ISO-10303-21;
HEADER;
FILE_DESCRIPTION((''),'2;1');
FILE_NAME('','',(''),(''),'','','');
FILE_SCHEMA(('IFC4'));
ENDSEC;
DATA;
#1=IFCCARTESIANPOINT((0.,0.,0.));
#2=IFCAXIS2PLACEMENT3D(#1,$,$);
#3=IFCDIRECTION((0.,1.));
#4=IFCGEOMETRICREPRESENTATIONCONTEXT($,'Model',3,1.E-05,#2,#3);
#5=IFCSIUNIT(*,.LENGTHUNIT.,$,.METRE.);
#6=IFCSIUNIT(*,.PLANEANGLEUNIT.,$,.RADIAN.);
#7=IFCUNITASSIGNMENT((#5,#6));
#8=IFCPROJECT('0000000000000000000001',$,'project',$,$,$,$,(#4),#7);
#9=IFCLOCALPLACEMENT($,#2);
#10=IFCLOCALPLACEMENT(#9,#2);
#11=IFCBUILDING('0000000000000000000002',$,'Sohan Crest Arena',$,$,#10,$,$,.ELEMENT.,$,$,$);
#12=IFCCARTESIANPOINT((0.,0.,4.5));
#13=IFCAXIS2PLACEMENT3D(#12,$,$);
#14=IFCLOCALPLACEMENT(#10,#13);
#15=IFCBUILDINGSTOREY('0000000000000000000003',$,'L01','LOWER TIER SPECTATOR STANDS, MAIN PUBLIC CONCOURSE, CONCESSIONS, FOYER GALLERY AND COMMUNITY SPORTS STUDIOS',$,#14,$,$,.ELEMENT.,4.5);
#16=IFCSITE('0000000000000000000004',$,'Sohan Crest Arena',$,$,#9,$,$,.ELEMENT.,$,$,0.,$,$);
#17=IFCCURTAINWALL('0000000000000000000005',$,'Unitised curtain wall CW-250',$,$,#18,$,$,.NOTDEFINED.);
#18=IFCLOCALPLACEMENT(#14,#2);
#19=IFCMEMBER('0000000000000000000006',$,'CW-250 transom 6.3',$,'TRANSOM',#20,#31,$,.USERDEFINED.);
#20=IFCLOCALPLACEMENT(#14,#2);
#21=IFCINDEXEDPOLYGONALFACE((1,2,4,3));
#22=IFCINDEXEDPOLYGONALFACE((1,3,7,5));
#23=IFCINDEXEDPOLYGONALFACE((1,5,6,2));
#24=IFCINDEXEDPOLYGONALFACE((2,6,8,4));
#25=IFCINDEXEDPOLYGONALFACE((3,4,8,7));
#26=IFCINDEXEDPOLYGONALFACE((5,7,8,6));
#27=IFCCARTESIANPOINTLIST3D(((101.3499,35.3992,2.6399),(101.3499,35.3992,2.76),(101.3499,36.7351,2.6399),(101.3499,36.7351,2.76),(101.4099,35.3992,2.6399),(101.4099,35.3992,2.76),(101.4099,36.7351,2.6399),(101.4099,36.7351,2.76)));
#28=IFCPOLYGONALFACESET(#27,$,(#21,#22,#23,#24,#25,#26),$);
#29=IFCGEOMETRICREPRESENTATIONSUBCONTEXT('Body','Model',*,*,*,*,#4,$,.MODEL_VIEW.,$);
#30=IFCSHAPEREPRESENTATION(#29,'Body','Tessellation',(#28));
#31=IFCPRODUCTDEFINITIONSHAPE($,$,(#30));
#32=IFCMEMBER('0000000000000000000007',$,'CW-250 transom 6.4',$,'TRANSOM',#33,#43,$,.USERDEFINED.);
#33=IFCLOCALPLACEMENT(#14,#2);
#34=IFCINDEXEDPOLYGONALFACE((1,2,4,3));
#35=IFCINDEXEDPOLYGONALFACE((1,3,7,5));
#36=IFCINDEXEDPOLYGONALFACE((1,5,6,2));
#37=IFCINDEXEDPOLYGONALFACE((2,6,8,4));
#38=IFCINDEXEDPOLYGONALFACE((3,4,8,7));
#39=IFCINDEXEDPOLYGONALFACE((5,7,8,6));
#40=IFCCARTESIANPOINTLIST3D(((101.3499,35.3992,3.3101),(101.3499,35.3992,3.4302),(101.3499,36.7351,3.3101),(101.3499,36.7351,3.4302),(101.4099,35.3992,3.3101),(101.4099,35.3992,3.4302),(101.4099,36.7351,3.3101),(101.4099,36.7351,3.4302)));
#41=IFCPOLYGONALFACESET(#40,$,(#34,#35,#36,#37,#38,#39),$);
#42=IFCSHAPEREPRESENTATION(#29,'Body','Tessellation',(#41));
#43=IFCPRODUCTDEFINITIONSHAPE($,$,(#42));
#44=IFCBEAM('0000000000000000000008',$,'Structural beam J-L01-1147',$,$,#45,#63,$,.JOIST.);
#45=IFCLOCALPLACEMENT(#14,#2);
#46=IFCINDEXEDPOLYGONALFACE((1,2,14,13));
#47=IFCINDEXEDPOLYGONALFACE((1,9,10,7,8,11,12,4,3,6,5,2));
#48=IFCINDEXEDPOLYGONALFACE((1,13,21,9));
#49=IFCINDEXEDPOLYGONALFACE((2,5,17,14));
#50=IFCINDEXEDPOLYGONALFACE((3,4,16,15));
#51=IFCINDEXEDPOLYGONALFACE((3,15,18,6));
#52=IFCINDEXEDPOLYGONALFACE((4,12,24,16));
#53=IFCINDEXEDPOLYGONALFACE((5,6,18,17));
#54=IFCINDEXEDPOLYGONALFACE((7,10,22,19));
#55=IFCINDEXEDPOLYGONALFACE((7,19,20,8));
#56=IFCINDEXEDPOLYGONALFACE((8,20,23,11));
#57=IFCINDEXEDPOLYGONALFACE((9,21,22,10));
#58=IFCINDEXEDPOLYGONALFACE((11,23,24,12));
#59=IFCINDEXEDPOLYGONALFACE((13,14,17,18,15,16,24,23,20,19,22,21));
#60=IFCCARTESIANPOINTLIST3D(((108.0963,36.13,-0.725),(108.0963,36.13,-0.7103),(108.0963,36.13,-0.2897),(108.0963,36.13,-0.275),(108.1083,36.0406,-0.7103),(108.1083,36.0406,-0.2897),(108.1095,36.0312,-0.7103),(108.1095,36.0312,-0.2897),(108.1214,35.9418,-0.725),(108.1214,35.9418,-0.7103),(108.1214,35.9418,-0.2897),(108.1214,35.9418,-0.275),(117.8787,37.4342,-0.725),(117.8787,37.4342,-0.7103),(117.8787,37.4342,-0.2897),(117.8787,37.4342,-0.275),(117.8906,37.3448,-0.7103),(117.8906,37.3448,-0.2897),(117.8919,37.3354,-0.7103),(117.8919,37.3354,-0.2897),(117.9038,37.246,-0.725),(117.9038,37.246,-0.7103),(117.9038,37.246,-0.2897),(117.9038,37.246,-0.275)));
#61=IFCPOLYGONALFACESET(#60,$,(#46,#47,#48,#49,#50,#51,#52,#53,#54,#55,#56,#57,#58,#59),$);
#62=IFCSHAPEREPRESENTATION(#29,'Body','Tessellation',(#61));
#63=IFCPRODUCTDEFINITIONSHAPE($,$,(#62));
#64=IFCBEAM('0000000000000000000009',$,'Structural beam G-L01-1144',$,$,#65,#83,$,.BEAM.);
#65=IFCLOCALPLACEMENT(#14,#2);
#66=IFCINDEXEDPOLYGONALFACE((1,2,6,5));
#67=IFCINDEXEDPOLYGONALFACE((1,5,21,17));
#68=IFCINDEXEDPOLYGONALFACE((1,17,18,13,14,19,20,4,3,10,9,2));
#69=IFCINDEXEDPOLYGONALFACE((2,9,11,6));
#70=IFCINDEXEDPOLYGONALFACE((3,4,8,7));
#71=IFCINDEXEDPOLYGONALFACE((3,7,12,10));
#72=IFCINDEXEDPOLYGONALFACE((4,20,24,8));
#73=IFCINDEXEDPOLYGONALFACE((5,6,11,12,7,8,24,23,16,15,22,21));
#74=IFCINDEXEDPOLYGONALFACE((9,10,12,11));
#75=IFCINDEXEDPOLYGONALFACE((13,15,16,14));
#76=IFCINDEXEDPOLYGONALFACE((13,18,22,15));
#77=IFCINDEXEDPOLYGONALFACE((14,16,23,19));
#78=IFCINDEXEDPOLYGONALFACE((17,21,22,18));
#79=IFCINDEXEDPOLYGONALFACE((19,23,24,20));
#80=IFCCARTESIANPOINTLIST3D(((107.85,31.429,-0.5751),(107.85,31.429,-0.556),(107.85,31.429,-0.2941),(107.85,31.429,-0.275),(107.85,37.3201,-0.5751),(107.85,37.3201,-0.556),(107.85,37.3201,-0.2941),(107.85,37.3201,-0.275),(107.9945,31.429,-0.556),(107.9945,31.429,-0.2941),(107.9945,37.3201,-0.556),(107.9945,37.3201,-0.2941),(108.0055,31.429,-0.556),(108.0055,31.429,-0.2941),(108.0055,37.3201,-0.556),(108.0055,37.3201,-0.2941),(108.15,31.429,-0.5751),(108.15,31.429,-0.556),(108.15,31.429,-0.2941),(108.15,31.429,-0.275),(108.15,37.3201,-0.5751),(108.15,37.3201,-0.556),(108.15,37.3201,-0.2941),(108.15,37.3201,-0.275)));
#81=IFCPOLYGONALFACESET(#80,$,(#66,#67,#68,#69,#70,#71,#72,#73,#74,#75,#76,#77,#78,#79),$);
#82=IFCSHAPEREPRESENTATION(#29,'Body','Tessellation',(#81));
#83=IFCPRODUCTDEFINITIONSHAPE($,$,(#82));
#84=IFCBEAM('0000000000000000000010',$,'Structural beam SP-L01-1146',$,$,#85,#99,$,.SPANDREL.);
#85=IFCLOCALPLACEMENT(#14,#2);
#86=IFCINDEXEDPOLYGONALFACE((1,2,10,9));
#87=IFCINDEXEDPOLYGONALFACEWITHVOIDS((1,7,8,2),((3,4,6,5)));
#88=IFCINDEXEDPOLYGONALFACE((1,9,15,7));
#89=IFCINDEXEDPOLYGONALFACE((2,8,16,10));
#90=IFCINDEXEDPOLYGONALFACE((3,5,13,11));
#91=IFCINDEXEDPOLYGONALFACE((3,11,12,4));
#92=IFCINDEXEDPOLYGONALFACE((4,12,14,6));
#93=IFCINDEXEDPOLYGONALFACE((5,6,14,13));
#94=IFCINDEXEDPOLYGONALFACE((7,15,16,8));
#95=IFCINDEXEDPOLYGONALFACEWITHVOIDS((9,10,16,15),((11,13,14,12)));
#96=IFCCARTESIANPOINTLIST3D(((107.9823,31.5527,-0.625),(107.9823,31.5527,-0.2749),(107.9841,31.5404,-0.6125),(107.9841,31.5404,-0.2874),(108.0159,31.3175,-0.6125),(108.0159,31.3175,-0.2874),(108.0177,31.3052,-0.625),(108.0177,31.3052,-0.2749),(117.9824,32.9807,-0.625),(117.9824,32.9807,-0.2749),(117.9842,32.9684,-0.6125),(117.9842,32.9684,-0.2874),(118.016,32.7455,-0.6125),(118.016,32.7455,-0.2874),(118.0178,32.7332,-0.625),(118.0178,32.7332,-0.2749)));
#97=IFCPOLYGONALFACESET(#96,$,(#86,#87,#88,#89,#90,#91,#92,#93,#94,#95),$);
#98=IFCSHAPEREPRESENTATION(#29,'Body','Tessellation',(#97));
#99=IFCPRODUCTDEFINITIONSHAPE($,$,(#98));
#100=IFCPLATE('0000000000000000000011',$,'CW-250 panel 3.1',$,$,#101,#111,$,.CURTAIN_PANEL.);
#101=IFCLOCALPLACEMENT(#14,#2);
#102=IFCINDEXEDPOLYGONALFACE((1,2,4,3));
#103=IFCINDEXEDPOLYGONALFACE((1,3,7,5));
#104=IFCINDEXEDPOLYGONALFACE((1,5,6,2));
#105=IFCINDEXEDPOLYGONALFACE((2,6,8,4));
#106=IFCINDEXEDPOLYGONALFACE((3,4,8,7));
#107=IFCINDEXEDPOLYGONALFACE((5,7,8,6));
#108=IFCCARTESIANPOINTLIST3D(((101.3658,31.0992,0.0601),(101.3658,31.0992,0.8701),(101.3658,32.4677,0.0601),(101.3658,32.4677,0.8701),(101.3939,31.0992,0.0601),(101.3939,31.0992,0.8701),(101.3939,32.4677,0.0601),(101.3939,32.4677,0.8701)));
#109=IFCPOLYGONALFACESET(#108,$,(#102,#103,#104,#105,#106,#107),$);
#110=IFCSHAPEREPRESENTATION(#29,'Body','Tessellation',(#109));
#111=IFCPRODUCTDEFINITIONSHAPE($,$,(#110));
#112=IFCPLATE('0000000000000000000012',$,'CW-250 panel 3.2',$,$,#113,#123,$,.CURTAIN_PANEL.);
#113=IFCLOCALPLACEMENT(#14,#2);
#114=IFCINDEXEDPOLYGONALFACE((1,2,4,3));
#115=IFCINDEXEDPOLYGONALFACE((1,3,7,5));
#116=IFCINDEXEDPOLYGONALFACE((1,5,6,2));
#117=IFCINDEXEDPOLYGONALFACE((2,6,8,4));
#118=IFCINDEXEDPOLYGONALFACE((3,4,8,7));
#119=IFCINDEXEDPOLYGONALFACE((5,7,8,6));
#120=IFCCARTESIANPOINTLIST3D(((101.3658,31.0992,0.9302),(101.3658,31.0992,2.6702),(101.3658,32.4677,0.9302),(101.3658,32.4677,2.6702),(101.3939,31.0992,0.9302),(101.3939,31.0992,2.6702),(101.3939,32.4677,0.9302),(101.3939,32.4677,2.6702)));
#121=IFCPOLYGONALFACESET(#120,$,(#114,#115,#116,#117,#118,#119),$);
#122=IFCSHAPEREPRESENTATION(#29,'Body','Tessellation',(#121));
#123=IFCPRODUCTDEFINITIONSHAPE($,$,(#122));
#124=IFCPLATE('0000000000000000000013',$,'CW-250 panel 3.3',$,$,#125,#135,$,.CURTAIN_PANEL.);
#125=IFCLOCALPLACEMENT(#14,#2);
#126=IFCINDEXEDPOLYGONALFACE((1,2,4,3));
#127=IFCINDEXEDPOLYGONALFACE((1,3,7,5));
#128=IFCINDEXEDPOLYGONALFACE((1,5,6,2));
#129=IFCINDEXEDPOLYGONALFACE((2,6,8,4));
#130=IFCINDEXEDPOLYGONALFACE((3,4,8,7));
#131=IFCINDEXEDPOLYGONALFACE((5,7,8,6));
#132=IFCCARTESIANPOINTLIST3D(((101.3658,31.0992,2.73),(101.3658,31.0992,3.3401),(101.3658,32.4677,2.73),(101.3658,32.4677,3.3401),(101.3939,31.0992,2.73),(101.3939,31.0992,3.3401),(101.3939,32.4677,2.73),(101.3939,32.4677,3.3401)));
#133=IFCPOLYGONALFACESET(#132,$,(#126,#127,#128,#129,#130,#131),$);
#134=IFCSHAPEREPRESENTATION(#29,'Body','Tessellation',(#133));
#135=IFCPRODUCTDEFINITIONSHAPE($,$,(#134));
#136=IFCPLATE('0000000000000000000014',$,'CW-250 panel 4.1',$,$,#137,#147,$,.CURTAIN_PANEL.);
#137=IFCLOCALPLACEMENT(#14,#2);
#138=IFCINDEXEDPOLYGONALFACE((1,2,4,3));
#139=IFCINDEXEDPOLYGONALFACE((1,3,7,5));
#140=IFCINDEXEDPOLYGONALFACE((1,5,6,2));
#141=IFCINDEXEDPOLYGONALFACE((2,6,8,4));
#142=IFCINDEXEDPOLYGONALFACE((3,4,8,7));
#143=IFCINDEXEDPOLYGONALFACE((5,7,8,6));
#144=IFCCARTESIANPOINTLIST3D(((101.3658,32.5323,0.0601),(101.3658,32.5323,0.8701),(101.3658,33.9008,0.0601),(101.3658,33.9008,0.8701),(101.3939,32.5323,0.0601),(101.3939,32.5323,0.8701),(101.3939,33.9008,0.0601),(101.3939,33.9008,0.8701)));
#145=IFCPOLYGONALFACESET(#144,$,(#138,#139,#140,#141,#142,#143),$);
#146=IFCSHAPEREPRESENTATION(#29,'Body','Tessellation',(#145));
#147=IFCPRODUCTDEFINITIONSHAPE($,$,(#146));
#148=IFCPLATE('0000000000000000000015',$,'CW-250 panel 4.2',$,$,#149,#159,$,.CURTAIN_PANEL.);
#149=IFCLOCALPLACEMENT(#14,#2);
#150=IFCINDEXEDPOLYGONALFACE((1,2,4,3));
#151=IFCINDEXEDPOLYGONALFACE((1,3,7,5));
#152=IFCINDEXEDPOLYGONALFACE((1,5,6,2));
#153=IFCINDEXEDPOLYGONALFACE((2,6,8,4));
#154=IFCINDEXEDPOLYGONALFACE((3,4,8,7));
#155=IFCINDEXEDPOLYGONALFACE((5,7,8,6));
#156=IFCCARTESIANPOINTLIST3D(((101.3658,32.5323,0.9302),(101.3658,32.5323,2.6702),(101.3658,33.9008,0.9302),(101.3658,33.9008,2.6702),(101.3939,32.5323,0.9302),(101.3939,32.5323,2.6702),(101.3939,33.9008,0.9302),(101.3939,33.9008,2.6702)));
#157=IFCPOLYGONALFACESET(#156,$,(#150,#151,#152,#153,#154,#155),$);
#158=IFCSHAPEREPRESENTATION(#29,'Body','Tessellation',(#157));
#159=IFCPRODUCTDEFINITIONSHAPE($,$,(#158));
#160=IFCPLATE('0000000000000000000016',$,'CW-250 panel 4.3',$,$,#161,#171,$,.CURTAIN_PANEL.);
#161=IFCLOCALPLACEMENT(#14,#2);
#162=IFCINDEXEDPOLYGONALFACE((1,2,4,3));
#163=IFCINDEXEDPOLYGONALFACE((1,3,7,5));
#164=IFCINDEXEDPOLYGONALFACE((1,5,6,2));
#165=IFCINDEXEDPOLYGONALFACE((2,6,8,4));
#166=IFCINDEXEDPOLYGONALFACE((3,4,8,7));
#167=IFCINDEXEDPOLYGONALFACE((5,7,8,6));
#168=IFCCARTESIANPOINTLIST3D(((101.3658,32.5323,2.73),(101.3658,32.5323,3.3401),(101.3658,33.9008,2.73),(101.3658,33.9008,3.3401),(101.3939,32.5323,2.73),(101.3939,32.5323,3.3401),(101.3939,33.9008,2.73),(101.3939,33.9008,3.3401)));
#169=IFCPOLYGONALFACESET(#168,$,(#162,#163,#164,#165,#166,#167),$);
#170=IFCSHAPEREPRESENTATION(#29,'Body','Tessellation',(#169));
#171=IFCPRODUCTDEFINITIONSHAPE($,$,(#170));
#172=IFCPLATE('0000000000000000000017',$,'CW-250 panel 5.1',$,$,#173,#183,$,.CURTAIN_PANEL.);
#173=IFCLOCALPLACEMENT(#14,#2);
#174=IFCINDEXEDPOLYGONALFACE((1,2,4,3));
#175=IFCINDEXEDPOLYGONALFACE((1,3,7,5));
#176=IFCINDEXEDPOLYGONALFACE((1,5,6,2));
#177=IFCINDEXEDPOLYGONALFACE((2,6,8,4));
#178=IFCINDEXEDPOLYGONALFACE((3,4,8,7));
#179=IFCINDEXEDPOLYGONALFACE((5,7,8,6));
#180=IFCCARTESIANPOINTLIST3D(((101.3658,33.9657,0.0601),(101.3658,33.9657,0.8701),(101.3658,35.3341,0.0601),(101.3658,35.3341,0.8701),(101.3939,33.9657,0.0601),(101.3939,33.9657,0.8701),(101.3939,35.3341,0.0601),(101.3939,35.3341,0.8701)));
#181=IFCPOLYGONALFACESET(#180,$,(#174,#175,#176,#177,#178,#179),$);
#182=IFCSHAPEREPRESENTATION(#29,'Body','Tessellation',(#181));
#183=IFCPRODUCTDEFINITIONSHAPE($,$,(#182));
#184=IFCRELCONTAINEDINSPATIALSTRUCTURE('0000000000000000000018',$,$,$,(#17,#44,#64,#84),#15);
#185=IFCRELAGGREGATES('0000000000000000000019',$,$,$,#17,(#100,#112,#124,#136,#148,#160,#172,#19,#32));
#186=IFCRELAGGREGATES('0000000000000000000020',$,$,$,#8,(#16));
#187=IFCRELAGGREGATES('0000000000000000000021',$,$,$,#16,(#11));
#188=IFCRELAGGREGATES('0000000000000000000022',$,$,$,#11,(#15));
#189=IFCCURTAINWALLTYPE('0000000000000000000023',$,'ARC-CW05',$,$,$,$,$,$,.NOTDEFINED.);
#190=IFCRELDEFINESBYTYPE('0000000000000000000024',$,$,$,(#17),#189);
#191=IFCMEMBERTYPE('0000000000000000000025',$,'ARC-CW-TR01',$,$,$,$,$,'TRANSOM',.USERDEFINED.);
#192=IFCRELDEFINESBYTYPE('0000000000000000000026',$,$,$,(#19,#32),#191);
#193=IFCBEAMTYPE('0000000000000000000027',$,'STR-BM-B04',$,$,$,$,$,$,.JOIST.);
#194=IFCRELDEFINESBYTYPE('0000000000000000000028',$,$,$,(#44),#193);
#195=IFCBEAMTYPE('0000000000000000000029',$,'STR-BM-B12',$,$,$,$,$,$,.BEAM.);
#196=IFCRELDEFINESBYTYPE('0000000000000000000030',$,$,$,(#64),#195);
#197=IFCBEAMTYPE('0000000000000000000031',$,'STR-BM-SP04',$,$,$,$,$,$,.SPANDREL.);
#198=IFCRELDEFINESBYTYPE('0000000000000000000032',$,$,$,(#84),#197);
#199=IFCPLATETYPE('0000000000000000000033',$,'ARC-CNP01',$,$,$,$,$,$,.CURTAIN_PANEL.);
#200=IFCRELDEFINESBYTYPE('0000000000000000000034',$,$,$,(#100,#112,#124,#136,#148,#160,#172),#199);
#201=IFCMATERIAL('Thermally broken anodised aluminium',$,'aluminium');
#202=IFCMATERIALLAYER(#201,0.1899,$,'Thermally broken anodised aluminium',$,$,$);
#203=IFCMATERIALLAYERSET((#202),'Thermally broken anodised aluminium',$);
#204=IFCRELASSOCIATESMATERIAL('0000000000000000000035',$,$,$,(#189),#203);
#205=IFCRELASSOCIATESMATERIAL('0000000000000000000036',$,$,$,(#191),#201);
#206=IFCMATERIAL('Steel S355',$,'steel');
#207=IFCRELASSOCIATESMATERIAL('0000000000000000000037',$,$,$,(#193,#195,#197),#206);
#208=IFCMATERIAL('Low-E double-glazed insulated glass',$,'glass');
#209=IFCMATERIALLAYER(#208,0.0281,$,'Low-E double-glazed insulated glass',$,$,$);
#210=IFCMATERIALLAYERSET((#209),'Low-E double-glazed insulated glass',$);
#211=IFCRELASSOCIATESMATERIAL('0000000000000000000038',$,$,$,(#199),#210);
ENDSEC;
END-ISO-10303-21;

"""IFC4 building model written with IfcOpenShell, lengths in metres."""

from ifc_helpers import new_model, si_unit, direction, frame, origin, origin_2d, place, context, subcontext, project, spatial, rectangle, hollow_rectangle, i_section, extrude, material, layer, layer_set, material_profile, profile_set, type_object, element, aggregate, save


model = new_model("IFC4")

# Units and contexts
model_context = context("Model", 3, precision=1e-05, world=origin(), true_north=direction((0.0, 1.0)))
body_context = subcontext(model_context, "Body", "Model", "MODEL_VIEW")
ifc_project = project(units=[si_unit("LENGTHUNIT", "METRE"), si_unit("PLANEANGLEUNIT", "RADIAN")], contexts=[model_context])

# Site, building, storey
site_placement = place(None, origin())
site = spatial("IfcSite", under=ifc_project, at=site_placement, Name="Sohan Crest Arena", CompositionType="ELEMENT", RefElevation=0.0)
building_placement = place(site_placement, origin())
building = spatial("IfcBuilding", under=site, at=building_placement, Name="Sohan Crest Arena", CompositionType="ELEMENT")
storey_placement = place(building_placement, frame((0.0, 0.0, 4.5)))
storey = spatial("IfcBuildingStorey", under=building, at=storey_placement, Name="L01", Description="LOWER TIER SPECTATOR STANDS, MAIN PUBLIC CONCOURSE, CONCESSIONS, FOYER GALLERY AND COMMUNITY SPORTS STUDIOS", CompositionType="ELEMENT", Elevation=4.5)

# Shared definitions
ifc_material_1 = material(Name="Thermally broken anodised aluminium", Category="aluminium")

# Curtain wall, members
ifc_layer_1 = layer(ifc_material_1, 0.1899, Name="Thermally broken anodised aluminium")
ifc_layer_set_1 = layer_set([ifc_layer_1], Name="Thermally broken anodised aluminium")
curtain_wall_type_1 = type_object("IfcCurtainWallType", Name="ARC-CW05", PredefinedType="NOTDEFINED", material=ifc_layer_set_1)
curtain_wall_1_placement = place(storey_placement, origin())
curtain_wall_1 = element("IfcCurtainWall", 1, at=curtain_wall_1_placement, inside=storey, type_object=curtain_wall_type_1, Name="Unitised curtain wall CW-250", PredefinedType="NOTDEFINED")
ifc_material_profile_1 = material_profile(ifc_material_1, rectangle(XDim=0.0601, YDim=0.1201, at=origin_2d()), Name="ALU-TRAN 60x120")
ifc_profile_set_1 = profile_set([ifc_material_profile_1], Name="Thermally broken anodised aluminium")
member_type_1 = type_object("IfcMemberType", Name="ARC-CW-TR01", ElementType="TRANSOM", PredefinedType="USERDEFINED", material=ifc_profile_set_1)
member_1_placement = place(storey_placement, frame((101.3799, 35.3992, 2.7), z_axis=(0.0, 1.0, 0.0), x_axis=(-1.0, 0.0, 0.0)))
member_1 = element("IfcMember", 2, at=member_1_placement, type_object=member_type_1, Name="CW-250 transom 6.3", ObjectType="TRANSOM", PredefinedType="USERDEFINED", context=body_context, shape_type="SweptSolid", body=[
    extrude(rectangle(XDim=0.0601, YDim=0.1201, at=origin_2d()), origin(), (0.0, 0.0, 1.0), 1.3359),
])
member_2_placement = place(storey_placement, frame((101.3799, 35.3992, 3.3701), z_axis=(0.0, 1.0, 0.0), x_axis=(-1.0, 0.0, 0.0)))
member_2 = element("IfcMember", 3, at=member_2_placement, type_object=member_type_1, Name="CW-250 transom 6.4", ObjectType="TRANSOM", PredefinedType="USERDEFINED", context=body_context, shape_type="SweptSolid", body=[
    extrude(rectangle(XDim=0.0601, YDim=0.1201, at=origin_2d()), origin(), (0.0, 0.0, 1.0), 1.3359),
])

# Beams
ifc_material_2 = material(Name="Steel S355", Category="steel")
ifc_material_profile_2 = material_profile(ifc_material_2, i_section(OverallWidth=0.1899, OverallDepth=0.45, WebThickness=0.0095, FlangeThickness=0.0146, at=origin_2d()), Name="IPE 450")
ifc_profile_set_2 = profile_set([ifc_material_profile_2], Name="Steel S355")
beam_type_1 = type_object("IfcBeamType", Name="STR-BM-B04", PredefinedType="JOIST", material=ifc_profile_set_2)
beam_1_placement = place(storey_placement, frame((108.1089, 36.0359, -0.5), z_axis=(0.991229, 0.132154, 0.0), x_axis=(-0.132154, 0.991229, 0.0)))
element("IfcBeam", 4, at=beam_1_placement, inside=storey, type_object=beam_type_1, Name="Structural beam J-L01-1147", PredefinedType="JOIST", context=body_context, shape_type="SweptSolid", body=[
    extrude(i_section(OverallWidth=0.1899, OverallDepth=0.45, WebThickness=0.0095, FlangeThickness=0.0146, at=origin_2d()), origin(), (0.0, 0.0, 1.0), 9.8689),
])
ifc_material_profile_3 = material_profile(ifc_material_2, i_section(OverallWidth=0.3, OverallDepth=0.3, WebThickness=0.011, FlangeThickness=0.019, at=origin_2d()), Name="HEB 300")
ifc_profile_set_3 = profile_set([ifc_material_profile_3], Name="Steel S355")
beam_type_2 = type_object("IfcBeamType", Name="STR-BM-B12", PredefinedType="BEAM", material=ifc_profile_set_3)
beam_2_placement = place(storey_placement, frame((108.0, 37.3201, -0.425), z_axis=(0.0, -1.0, 0.0), x_axis=(1.0, 0.0, 0.0)))
element("IfcBeam", 5, at=beam_2_placement, inside=storey, type_object=beam_type_2, Name="Structural beam G-L01-1144", PredefinedType="BEAM", context=body_context, shape_type="SweptSolid", body=[
    extrude(i_section(OverallWidth=0.3, OverallDepth=0.3, WebThickness=0.011, FlangeThickness=0.019, at=origin_2d()), origin(), (0.0, 0.0, 1.0), 5.8911),
])
ifc_material_profile_4 = material_profile(ifc_material_2, hollow_rectangle(XDim=0.25, YDim=0.3501, WallThickness=0.0125, at=origin_2d()), Name="RHS 350x250x12.5")
ifc_profile_set_4 = profile_set([ifc_material_profile_4], Name="Steel S355")
beam_type_3 = type_object("IfcBeamType", Name="STR-BM-SP04", PredefinedType="SPANDREL", material=ifc_profile_set_4)
beam_3_placement = place(storey_placement, frame((108.0, 31.429, -0.45), z_axis=(0.989958, 0.141364, 0.0), x_axis=(-0.141364, 0.989958, 0.0)))
element("IfcBeam", 6, at=beam_3_placement, inside=storey, type_object=beam_type_3, Name="Structural beam SP-L01-1146", PredefinedType="SPANDREL", context=body_context, shape_type="SweptSolid", body=[
    extrude(hollow_rectangle(XDim=0.25, YDim=0.3501, WallThickness=0.0125, at=origin_2d()), origin(), (0.0, 0.0, 1.0), 10.1016),
])

# Plates
ifc_material_3 = material(Name="Low-E double-glazed insulated glass", Category="glass")
ifc_layer_2 = layer(ifc_material_3, 0.0281, Name="Low-E double-glazed insulated glass")
ifc_layer_set_2 = layer_set([ifc_layer_2], Name="Low-E double-glazed insulated glass")
plate_type = type_object("IfcPlateType", Name="ARC-CNP01", PredefinedType="CURTAIN_PANEL", material=ifc_layer_set_2)
plate_1_placement = place(storey_placement, frame((101.3799, 31.7834, 0.0601), z_axis=(0.0, 0.0, 1.0), x_axis=(0.0, 1.0, 0.0)))
plate_1 = element("IfcPlate", 7, at=plate_1_placement, type_object=plate_type, Name="CW-250 panel 3.1", PredefinedType="CURTAIN_PANEL", context=body_context, shape_type="SweptSolid", body=[
    extrude(rectangle(XDim=1.3684, YDim=0.0281, at=origin_2d()), origin(), (0.0, 0.0, 1.0), 0.8101),
])
plate_2_placement = place(storey_placement, frame((101.3799, 31.7834, 0.9302), z_axis=(0.0, 0.0, 1.0), x_axis=(0.0, 1.0, 0.0)))
plate_2 = element("IfcPlate", 8, at=plate_2_placement, type_object=plate_type, Name="CW-250 panel 3.2", PredefinedType="CURTAIN_PANEL", context=body_context, shape_type="SweptSolid", body=[
    extrude(rectangle(XDim=1.3684, YDim=0.0281, at=origin_2d()), origin(), (0.0, 0.0, 1.0), 1.74),
])
plate_3_placement = place(storey_placement, frame((101.3799, 31.7834, 2.73), z_axis=(0.0, 0.0, 1.0), x_axis=(0.0, 1.0, 0.0)))
plate_3 = element("IfcPlate", 9, at=plate_3_placement, type_object=plate_type, Name="CW-250 panel 3.3", PredefinedType="CURTAIN_PANEL", context=body_context, shape_type="SweptSolid", body=[
    extrude(rectangle(XDim=1.3684, YDim=0.0281, at=origin_2d()), origin(), (0.0, 0.0, 1.0), 0.6101),
])
plate_4_placement = place(storey_placement, frame((101.3799, 33.2166, 0.0601), z_axis=(0.0, 0.0, 1.0), x_axis=(0.0, 1.0, 0.0)))
plate_4 = element("IfcPlate", 10, at=plate_4_placement, type_object=plate_type, Name="CW-250 panel 4.1", PredefinedType="CURTAIN_PANEL", context=body_context, shape_type="SweptSolid", body=[
    extrude(rectangle(XDim=1.3684, YDim=0.0281, at=origin_2d()), origin(), (0.0, 0.0, 1.0), 0.8101),
])
plate_5_placement = place(storey_placement, frame((101.3799, 33.2166, 0.9302), z_axis=(0.0, 0.0, 1.0), x_axis=(0.0, 1.0, 0.0)))
plate_5 = element("IfcPlate", 11, at=plate_5_placement, type_object=plate_type, Name="CW-250 panel 4.2", PredefinedType="CURTAIN_PANEL", context=body_context, shape_type="SweptSolid", body=[
    extrude(rectangle(XDim=1.3684, YDim=0.0281, at=origin_2d()), origin(), (0.0, 0.0, 1.0), 1.74),
])
plate_6_placement = place(storey_placement, frame((101.3799, 33.2166, 2.73), z_axis=(0.0, 0.0, 1.0), x_axis=(0.0, 1.0, 0.0)))
plate_6 = element("IfcPlate", 12, at=plate_6_placement, type_object=plate_type, Name="CW-250 panel 4.3", PredefinedType="CURTAIN_PANEL", context=body_context, shape_type="SweptSolid", body=[
    extrude(rectangle(XDim=1.3684, YDim=0.0281, at=origin_2d()), origin(), (0.0, 0.0, 1.0), 0.6101),
])
plate_7_placement = place(storey_placement, frame((101.3799, 34.6499, 0.0601), z_axis=(0.0, 0.0, 1.0), x_axis=(0.0, 1.0, 0.0)))
plate_7 = element("IfcPlate", 13, at=plate_7_placement, type_object=plate_type, Name="CW-250 panel 5.1", PredefinedType="CURTAIN_PANEL", context=body_context, shape_type="SweptSolid", body=[
    extrude(rectangle(XDim=1.3684, YDim=0.0281, at=origin_2d()), origin(), (0.0, 0.0, 1.0), 0.8101),
])
aggregate(curtain_wall_1, [plate_1, plate_2, plate_3, plate_4, plate_5, plate_6, plate_7, member_1, member_2])

save(model, "model.ifc")
